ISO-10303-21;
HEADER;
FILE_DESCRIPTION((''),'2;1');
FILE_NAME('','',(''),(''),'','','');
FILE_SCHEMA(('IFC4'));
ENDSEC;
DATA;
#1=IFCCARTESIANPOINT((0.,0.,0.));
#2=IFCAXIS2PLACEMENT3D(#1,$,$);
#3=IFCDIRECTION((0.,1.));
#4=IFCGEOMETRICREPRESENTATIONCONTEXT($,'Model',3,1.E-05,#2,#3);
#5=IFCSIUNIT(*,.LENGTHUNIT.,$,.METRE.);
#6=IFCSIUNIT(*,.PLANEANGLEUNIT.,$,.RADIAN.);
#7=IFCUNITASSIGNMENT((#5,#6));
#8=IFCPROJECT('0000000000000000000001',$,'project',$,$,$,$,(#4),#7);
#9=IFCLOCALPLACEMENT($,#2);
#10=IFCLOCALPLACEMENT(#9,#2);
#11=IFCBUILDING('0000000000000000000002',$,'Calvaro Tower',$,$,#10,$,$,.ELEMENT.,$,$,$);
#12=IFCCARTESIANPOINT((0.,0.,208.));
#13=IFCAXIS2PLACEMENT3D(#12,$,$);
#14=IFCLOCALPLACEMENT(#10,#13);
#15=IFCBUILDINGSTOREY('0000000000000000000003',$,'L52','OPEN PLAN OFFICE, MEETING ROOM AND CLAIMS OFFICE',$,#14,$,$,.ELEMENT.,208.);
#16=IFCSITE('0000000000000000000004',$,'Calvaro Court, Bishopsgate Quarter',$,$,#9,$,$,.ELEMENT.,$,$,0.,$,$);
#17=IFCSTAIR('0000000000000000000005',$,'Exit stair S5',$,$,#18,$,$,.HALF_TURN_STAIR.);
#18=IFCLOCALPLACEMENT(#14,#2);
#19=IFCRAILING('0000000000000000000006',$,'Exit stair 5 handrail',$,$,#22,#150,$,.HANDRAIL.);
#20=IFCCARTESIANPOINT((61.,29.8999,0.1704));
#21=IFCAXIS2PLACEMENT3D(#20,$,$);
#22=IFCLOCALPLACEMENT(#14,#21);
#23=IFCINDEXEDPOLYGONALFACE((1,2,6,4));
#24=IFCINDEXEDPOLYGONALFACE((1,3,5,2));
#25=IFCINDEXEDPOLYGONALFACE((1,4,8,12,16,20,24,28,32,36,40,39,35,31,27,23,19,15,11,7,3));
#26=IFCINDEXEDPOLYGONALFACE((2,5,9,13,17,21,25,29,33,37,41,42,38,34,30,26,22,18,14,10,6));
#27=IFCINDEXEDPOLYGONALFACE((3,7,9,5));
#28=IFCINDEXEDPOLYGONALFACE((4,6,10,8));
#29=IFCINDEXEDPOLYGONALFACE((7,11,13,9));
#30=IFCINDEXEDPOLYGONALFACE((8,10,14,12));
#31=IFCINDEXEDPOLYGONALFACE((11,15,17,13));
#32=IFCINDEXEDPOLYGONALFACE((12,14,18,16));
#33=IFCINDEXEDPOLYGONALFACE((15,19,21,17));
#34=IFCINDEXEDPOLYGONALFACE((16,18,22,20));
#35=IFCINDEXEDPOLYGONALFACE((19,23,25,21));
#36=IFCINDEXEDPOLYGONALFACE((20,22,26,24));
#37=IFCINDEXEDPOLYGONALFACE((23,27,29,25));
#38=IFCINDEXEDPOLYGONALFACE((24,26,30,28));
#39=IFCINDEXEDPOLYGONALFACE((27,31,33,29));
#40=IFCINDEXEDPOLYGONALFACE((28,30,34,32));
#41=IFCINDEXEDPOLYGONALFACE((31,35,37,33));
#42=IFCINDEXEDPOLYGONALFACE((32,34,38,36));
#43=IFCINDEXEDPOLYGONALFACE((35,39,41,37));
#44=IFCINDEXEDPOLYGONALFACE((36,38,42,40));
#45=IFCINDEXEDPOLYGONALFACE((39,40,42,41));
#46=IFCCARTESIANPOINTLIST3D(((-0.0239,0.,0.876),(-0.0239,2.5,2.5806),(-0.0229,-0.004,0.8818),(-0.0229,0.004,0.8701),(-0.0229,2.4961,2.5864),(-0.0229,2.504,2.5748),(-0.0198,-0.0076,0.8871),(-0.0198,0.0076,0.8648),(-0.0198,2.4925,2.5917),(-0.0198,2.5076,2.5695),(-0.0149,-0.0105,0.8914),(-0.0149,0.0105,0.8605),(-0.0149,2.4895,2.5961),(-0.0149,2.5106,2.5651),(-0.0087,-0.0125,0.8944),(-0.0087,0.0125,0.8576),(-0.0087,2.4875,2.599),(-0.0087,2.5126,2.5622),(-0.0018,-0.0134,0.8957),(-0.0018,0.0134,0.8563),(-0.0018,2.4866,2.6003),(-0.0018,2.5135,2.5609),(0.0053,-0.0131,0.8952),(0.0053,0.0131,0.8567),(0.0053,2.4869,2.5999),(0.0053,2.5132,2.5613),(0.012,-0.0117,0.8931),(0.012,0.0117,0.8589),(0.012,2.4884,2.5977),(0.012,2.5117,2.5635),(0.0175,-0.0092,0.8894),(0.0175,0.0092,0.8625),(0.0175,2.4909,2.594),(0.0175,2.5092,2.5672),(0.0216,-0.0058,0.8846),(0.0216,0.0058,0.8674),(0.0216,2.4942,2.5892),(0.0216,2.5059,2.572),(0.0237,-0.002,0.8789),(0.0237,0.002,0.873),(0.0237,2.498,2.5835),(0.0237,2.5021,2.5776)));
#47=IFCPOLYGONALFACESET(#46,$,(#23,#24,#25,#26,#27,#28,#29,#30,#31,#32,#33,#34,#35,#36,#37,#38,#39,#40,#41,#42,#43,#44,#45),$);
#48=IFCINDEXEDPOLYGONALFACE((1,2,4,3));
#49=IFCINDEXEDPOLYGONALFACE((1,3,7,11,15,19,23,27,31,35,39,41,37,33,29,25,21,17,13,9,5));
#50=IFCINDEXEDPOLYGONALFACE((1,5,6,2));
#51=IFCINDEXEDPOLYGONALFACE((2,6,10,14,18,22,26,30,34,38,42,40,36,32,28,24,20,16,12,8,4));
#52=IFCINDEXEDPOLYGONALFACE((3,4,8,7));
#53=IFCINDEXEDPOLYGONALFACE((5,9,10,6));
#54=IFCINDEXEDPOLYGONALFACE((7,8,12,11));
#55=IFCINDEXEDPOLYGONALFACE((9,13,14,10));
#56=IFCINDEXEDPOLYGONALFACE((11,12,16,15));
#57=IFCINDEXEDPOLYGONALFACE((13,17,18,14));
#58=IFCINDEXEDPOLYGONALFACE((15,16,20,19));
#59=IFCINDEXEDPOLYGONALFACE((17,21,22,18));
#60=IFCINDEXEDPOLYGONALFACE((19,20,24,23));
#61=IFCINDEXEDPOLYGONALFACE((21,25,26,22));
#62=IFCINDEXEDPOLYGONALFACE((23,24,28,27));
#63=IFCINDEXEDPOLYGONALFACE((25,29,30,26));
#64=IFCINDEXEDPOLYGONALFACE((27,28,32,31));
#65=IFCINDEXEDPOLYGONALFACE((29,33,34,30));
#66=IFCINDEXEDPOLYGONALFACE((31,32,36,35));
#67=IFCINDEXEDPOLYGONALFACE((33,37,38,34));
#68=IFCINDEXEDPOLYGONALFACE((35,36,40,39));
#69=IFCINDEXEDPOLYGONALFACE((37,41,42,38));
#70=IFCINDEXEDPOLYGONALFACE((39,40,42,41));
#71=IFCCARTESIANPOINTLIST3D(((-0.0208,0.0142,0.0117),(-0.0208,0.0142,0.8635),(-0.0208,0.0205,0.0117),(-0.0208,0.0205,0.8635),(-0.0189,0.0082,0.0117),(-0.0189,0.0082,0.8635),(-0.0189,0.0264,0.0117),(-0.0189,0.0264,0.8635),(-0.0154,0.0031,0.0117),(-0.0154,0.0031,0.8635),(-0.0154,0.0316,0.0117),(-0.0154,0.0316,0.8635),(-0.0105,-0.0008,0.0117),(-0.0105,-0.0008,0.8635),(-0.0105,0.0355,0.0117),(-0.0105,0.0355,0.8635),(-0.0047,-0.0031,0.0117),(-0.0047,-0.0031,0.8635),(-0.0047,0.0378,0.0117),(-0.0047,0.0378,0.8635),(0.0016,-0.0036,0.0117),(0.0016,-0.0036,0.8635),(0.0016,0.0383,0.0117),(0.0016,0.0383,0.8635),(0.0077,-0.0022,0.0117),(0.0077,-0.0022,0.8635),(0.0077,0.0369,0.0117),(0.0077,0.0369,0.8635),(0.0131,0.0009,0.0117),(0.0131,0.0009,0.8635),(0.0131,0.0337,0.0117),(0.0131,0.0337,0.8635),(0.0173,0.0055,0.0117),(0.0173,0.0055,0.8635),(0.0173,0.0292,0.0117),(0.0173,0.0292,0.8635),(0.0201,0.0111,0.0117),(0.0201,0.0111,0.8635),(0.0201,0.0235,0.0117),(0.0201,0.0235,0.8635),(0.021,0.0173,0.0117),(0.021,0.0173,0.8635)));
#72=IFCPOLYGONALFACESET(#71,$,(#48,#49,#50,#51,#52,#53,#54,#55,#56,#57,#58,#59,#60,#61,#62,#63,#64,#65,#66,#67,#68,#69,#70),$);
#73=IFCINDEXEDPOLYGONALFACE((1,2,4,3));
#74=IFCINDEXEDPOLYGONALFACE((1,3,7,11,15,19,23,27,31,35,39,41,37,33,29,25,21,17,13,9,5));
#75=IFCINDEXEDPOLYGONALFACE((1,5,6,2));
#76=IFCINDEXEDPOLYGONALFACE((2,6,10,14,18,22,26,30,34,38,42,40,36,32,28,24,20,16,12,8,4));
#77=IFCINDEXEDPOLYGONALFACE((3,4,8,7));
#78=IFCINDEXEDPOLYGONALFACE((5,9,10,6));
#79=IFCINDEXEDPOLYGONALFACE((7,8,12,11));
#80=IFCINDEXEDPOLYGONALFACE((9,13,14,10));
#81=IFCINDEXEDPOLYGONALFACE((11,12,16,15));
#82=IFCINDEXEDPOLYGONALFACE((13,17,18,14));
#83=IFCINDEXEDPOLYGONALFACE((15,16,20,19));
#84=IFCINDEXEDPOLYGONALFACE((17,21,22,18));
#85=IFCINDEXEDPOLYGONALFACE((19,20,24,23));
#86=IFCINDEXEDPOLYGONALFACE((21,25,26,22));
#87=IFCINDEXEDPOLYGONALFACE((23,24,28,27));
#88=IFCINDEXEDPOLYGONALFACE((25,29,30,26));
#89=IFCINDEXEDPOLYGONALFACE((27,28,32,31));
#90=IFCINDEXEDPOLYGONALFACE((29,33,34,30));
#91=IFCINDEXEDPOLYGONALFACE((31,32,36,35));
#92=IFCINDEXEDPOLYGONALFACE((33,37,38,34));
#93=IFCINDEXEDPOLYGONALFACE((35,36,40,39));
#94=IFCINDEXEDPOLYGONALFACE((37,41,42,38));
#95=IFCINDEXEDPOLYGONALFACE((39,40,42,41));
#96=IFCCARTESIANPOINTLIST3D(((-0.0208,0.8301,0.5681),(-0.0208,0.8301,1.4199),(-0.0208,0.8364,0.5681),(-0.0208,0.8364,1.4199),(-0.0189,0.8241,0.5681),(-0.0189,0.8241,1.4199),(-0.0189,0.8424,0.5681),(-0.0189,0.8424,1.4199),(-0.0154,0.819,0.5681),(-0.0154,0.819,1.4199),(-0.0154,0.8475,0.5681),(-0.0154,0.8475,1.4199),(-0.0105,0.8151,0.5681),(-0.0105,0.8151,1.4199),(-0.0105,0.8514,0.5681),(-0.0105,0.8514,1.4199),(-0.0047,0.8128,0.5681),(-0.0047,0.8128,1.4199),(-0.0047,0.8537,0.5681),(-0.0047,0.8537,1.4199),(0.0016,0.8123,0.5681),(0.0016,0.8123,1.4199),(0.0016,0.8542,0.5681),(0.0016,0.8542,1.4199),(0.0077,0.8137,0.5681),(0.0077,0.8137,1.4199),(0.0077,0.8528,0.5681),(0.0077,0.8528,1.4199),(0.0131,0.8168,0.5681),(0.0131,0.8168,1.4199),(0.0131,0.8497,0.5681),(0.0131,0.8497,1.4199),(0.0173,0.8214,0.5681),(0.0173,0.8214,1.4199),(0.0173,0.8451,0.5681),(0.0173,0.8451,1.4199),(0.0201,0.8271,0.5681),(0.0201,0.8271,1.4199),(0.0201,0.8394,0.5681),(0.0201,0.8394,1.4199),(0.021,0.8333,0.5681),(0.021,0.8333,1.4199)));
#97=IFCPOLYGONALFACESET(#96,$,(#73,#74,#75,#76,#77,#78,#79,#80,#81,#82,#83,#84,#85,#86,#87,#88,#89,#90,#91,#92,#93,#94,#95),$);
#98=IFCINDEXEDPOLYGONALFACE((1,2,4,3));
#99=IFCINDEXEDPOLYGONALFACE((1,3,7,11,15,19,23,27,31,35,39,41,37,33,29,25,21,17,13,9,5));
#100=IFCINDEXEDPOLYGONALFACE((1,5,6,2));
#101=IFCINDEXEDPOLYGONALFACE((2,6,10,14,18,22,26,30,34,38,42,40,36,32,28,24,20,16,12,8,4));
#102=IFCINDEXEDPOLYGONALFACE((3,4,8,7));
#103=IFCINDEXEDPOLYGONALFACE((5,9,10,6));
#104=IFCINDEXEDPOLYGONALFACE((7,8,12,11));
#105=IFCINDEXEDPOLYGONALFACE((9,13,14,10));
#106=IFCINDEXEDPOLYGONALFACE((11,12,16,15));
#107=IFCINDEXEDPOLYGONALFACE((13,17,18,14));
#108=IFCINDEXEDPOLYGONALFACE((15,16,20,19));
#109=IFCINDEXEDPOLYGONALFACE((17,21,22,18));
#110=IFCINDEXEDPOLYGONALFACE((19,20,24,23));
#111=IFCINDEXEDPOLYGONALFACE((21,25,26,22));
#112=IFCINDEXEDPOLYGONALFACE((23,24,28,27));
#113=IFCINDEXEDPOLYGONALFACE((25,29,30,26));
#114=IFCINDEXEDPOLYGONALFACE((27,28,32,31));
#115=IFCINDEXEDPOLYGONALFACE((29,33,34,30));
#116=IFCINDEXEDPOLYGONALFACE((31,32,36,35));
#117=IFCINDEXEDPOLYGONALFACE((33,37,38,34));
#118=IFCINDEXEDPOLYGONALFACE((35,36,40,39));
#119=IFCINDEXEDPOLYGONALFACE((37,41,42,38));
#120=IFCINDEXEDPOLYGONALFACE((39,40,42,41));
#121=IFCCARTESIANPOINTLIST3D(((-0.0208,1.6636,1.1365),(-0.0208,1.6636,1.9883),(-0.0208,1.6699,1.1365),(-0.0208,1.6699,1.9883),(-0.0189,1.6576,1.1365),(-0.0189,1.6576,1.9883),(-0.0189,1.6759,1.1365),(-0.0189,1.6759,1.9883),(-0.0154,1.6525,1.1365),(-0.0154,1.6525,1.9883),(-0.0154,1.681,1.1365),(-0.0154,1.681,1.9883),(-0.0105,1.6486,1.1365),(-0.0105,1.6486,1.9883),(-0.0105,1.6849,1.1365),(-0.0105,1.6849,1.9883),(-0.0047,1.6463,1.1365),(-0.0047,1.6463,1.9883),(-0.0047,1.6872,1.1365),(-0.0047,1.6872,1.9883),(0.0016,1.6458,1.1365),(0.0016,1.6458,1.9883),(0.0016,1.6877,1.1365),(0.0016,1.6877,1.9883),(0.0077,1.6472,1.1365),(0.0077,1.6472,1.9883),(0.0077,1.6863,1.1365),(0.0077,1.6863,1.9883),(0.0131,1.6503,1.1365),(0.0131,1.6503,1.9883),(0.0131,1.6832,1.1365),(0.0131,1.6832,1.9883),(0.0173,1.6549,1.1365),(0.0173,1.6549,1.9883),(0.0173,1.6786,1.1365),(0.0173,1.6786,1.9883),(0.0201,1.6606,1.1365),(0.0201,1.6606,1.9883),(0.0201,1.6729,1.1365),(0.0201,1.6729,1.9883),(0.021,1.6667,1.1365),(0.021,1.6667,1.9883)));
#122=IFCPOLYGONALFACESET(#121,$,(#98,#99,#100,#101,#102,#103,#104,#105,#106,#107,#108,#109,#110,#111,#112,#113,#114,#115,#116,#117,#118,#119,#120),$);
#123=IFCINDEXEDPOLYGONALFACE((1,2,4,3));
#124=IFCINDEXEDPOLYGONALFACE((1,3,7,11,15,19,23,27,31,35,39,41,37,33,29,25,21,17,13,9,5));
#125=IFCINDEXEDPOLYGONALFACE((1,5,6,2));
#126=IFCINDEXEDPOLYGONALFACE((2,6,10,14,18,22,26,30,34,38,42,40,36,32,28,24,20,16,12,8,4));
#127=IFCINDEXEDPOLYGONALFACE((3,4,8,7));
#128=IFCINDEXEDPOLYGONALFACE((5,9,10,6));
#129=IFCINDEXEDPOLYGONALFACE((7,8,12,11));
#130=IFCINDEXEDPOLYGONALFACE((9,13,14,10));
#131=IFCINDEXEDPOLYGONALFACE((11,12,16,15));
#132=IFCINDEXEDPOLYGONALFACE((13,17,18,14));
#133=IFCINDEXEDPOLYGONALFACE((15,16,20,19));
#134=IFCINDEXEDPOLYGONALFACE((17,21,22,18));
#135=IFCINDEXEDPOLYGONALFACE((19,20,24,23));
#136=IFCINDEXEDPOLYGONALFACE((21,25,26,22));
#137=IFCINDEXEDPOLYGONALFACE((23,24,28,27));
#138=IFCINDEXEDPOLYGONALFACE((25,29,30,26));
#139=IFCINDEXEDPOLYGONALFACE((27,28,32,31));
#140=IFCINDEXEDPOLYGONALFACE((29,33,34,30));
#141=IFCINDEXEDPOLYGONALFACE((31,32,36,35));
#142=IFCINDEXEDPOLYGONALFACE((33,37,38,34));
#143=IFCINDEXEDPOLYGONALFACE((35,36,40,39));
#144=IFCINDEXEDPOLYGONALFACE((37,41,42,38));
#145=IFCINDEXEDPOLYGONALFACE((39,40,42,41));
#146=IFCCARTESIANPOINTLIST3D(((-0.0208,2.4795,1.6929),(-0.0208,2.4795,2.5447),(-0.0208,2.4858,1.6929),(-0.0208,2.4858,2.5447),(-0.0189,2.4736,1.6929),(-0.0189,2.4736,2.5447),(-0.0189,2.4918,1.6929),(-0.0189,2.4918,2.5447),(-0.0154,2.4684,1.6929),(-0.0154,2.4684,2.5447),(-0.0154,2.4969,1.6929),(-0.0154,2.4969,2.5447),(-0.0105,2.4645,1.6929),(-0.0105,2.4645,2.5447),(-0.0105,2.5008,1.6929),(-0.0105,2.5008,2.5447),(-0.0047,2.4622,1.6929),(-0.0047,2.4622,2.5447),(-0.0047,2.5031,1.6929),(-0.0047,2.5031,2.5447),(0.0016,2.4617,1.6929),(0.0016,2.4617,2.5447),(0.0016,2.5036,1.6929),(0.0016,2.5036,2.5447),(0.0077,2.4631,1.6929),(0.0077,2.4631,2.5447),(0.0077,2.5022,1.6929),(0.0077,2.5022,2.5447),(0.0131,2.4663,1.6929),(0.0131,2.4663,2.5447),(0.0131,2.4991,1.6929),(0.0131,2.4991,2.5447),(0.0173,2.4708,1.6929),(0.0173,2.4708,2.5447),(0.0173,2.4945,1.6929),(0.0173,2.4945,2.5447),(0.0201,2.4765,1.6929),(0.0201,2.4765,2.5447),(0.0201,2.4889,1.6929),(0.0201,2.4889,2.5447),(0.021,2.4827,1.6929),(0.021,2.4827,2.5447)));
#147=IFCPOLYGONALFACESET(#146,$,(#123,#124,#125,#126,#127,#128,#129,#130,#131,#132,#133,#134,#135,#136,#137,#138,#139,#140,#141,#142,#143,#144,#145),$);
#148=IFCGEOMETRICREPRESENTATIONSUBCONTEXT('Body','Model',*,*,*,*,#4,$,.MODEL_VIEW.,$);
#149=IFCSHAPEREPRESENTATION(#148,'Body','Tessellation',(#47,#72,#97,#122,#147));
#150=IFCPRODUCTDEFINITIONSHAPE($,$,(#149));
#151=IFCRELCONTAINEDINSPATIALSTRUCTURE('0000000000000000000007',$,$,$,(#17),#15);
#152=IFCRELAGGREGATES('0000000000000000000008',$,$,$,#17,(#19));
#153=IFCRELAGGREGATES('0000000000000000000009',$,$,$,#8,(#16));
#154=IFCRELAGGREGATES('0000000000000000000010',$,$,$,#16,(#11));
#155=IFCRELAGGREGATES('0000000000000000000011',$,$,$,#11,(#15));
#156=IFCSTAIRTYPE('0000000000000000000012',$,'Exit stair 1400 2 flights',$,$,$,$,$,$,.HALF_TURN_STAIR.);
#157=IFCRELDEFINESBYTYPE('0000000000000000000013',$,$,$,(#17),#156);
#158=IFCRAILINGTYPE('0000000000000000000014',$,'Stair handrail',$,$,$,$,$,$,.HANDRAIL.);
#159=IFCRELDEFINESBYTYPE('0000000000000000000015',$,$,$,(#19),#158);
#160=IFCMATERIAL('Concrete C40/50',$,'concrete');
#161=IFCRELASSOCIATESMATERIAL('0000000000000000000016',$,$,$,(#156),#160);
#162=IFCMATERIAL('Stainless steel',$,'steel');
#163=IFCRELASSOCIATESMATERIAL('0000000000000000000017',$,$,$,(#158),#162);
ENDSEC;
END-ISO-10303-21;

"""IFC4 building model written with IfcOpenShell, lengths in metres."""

from ifc_helpers import new_model, si_unit, direction, frame, origin, origin_2d, place, context, subcontext, project, spatial, circle, extrude, material, type_object, element, aggregate, save


model = new_model("IFC4")

# Units and contexts
model_context = context("Model", 3, precision=1e-05, world=origin(), true_north=direction((0.0, 1.0)))
body_context = subcontext(model_context, "Body", "Model", "MODEL_VIEW")
ifc_project = project(units=[si_unit("LENGTHUNIT", "METRE"), si_unit("PLANEANGLEUNIT", "RADIAN")], contexts=[model_context])

# Site, building, storey
site_placement = place(None, origin())
site = spatial("IfcSite", under=ifc_project, at=site_placement, Name="Calvaro Court, Bishopsgate Quarter", CompositionType="ELEMENT", RefElevation=0.0)
building_placement = place(site_placement, origin())
building = spatial("IfcBuilding", under=site, at=building_placement, Name="Calvaro Tower", CompositionType="ELEMENT")
storey_placement = place(building_placement, frame((0.0, 0.0, 208.0)))
storey = spatial("IfcBuildingStorey", under=building, at=storey_placement, Name="L52", Description="OPEN PLAN OFFICE, MEETING ROOM AND CLAIMS OFFICE", CompositionType="ELEMENT", Elevation=208.0)

# Stair
ifc_material_1 = material(Name="Concrete C40/50", Category="concrete")
stair_type = type_object("IfcStairType", Name="Exit stair 1400 2 flights", PredefinedType="HALF_TURN_STAIR", material=ifc_material_1)
stair_1_placement = place(storey_placement, origin())
stair_1 = element("IfcStair", 1, at=stair_1_placement, inside=storey, type_object=stair_type, Name="Exit stair S5", PredefinedType="HALF_TURN_STAIR")

# Railing
ifc_material_2 = material(Name="Stainless steel", Category="steel")
railing_type = type_object("IfcRailingType", Name="Stair handrail", PredefinedType="HANDRAIL", material=ifc_material_2)
railing_1_placement = place(storey_placement, frame((61.0, 29.8999, 0.1704)))
railing_1 = element("IfcRailing", 2, at=railing_1_placement, type_object=railing_type, Name="Exit stair 5 handrail", PredefinedType="HANDRAIL", context=body_context, shape_type="SweptSolid", body=[
    extrude(circle(Radius=0.0239, at=origin_2d()), frame((0.0, 0.0, 0.876), z_axis=(0.0, 0.826221, 0.563347), x_axis=(-1.0, 0.0, 0.0)), (0.0, 0.0, 1.0), 3.0259),
    extrude(circle(Radius=0.021, at=origin_2d()), frame((0.0, 0.0173, 0.0117)), (0.0, 0.0, 1.0), 0.8518),
    extrude(circle(Radius=0.021, at=origin_2d()), frame((0.0, 0.8333, 0.5681)), (0.0, 0.0, 1.0), 0.8518),
    extrude(circle(Radius=0.021, at=origin_2d()), frame((0.0, 1.6667, 1.1365)), (0.0, 0.0, 1.0), 0.8518),
    extrude(circle(Radius=0.021, at=origin_2d()), frame((0.0, 2.4827, 1.6929)), (0.0, 0.0, 1.0), 0.8518),
])
aggregate(stair_1, [railing_1])

save(model, "model.ifc")
